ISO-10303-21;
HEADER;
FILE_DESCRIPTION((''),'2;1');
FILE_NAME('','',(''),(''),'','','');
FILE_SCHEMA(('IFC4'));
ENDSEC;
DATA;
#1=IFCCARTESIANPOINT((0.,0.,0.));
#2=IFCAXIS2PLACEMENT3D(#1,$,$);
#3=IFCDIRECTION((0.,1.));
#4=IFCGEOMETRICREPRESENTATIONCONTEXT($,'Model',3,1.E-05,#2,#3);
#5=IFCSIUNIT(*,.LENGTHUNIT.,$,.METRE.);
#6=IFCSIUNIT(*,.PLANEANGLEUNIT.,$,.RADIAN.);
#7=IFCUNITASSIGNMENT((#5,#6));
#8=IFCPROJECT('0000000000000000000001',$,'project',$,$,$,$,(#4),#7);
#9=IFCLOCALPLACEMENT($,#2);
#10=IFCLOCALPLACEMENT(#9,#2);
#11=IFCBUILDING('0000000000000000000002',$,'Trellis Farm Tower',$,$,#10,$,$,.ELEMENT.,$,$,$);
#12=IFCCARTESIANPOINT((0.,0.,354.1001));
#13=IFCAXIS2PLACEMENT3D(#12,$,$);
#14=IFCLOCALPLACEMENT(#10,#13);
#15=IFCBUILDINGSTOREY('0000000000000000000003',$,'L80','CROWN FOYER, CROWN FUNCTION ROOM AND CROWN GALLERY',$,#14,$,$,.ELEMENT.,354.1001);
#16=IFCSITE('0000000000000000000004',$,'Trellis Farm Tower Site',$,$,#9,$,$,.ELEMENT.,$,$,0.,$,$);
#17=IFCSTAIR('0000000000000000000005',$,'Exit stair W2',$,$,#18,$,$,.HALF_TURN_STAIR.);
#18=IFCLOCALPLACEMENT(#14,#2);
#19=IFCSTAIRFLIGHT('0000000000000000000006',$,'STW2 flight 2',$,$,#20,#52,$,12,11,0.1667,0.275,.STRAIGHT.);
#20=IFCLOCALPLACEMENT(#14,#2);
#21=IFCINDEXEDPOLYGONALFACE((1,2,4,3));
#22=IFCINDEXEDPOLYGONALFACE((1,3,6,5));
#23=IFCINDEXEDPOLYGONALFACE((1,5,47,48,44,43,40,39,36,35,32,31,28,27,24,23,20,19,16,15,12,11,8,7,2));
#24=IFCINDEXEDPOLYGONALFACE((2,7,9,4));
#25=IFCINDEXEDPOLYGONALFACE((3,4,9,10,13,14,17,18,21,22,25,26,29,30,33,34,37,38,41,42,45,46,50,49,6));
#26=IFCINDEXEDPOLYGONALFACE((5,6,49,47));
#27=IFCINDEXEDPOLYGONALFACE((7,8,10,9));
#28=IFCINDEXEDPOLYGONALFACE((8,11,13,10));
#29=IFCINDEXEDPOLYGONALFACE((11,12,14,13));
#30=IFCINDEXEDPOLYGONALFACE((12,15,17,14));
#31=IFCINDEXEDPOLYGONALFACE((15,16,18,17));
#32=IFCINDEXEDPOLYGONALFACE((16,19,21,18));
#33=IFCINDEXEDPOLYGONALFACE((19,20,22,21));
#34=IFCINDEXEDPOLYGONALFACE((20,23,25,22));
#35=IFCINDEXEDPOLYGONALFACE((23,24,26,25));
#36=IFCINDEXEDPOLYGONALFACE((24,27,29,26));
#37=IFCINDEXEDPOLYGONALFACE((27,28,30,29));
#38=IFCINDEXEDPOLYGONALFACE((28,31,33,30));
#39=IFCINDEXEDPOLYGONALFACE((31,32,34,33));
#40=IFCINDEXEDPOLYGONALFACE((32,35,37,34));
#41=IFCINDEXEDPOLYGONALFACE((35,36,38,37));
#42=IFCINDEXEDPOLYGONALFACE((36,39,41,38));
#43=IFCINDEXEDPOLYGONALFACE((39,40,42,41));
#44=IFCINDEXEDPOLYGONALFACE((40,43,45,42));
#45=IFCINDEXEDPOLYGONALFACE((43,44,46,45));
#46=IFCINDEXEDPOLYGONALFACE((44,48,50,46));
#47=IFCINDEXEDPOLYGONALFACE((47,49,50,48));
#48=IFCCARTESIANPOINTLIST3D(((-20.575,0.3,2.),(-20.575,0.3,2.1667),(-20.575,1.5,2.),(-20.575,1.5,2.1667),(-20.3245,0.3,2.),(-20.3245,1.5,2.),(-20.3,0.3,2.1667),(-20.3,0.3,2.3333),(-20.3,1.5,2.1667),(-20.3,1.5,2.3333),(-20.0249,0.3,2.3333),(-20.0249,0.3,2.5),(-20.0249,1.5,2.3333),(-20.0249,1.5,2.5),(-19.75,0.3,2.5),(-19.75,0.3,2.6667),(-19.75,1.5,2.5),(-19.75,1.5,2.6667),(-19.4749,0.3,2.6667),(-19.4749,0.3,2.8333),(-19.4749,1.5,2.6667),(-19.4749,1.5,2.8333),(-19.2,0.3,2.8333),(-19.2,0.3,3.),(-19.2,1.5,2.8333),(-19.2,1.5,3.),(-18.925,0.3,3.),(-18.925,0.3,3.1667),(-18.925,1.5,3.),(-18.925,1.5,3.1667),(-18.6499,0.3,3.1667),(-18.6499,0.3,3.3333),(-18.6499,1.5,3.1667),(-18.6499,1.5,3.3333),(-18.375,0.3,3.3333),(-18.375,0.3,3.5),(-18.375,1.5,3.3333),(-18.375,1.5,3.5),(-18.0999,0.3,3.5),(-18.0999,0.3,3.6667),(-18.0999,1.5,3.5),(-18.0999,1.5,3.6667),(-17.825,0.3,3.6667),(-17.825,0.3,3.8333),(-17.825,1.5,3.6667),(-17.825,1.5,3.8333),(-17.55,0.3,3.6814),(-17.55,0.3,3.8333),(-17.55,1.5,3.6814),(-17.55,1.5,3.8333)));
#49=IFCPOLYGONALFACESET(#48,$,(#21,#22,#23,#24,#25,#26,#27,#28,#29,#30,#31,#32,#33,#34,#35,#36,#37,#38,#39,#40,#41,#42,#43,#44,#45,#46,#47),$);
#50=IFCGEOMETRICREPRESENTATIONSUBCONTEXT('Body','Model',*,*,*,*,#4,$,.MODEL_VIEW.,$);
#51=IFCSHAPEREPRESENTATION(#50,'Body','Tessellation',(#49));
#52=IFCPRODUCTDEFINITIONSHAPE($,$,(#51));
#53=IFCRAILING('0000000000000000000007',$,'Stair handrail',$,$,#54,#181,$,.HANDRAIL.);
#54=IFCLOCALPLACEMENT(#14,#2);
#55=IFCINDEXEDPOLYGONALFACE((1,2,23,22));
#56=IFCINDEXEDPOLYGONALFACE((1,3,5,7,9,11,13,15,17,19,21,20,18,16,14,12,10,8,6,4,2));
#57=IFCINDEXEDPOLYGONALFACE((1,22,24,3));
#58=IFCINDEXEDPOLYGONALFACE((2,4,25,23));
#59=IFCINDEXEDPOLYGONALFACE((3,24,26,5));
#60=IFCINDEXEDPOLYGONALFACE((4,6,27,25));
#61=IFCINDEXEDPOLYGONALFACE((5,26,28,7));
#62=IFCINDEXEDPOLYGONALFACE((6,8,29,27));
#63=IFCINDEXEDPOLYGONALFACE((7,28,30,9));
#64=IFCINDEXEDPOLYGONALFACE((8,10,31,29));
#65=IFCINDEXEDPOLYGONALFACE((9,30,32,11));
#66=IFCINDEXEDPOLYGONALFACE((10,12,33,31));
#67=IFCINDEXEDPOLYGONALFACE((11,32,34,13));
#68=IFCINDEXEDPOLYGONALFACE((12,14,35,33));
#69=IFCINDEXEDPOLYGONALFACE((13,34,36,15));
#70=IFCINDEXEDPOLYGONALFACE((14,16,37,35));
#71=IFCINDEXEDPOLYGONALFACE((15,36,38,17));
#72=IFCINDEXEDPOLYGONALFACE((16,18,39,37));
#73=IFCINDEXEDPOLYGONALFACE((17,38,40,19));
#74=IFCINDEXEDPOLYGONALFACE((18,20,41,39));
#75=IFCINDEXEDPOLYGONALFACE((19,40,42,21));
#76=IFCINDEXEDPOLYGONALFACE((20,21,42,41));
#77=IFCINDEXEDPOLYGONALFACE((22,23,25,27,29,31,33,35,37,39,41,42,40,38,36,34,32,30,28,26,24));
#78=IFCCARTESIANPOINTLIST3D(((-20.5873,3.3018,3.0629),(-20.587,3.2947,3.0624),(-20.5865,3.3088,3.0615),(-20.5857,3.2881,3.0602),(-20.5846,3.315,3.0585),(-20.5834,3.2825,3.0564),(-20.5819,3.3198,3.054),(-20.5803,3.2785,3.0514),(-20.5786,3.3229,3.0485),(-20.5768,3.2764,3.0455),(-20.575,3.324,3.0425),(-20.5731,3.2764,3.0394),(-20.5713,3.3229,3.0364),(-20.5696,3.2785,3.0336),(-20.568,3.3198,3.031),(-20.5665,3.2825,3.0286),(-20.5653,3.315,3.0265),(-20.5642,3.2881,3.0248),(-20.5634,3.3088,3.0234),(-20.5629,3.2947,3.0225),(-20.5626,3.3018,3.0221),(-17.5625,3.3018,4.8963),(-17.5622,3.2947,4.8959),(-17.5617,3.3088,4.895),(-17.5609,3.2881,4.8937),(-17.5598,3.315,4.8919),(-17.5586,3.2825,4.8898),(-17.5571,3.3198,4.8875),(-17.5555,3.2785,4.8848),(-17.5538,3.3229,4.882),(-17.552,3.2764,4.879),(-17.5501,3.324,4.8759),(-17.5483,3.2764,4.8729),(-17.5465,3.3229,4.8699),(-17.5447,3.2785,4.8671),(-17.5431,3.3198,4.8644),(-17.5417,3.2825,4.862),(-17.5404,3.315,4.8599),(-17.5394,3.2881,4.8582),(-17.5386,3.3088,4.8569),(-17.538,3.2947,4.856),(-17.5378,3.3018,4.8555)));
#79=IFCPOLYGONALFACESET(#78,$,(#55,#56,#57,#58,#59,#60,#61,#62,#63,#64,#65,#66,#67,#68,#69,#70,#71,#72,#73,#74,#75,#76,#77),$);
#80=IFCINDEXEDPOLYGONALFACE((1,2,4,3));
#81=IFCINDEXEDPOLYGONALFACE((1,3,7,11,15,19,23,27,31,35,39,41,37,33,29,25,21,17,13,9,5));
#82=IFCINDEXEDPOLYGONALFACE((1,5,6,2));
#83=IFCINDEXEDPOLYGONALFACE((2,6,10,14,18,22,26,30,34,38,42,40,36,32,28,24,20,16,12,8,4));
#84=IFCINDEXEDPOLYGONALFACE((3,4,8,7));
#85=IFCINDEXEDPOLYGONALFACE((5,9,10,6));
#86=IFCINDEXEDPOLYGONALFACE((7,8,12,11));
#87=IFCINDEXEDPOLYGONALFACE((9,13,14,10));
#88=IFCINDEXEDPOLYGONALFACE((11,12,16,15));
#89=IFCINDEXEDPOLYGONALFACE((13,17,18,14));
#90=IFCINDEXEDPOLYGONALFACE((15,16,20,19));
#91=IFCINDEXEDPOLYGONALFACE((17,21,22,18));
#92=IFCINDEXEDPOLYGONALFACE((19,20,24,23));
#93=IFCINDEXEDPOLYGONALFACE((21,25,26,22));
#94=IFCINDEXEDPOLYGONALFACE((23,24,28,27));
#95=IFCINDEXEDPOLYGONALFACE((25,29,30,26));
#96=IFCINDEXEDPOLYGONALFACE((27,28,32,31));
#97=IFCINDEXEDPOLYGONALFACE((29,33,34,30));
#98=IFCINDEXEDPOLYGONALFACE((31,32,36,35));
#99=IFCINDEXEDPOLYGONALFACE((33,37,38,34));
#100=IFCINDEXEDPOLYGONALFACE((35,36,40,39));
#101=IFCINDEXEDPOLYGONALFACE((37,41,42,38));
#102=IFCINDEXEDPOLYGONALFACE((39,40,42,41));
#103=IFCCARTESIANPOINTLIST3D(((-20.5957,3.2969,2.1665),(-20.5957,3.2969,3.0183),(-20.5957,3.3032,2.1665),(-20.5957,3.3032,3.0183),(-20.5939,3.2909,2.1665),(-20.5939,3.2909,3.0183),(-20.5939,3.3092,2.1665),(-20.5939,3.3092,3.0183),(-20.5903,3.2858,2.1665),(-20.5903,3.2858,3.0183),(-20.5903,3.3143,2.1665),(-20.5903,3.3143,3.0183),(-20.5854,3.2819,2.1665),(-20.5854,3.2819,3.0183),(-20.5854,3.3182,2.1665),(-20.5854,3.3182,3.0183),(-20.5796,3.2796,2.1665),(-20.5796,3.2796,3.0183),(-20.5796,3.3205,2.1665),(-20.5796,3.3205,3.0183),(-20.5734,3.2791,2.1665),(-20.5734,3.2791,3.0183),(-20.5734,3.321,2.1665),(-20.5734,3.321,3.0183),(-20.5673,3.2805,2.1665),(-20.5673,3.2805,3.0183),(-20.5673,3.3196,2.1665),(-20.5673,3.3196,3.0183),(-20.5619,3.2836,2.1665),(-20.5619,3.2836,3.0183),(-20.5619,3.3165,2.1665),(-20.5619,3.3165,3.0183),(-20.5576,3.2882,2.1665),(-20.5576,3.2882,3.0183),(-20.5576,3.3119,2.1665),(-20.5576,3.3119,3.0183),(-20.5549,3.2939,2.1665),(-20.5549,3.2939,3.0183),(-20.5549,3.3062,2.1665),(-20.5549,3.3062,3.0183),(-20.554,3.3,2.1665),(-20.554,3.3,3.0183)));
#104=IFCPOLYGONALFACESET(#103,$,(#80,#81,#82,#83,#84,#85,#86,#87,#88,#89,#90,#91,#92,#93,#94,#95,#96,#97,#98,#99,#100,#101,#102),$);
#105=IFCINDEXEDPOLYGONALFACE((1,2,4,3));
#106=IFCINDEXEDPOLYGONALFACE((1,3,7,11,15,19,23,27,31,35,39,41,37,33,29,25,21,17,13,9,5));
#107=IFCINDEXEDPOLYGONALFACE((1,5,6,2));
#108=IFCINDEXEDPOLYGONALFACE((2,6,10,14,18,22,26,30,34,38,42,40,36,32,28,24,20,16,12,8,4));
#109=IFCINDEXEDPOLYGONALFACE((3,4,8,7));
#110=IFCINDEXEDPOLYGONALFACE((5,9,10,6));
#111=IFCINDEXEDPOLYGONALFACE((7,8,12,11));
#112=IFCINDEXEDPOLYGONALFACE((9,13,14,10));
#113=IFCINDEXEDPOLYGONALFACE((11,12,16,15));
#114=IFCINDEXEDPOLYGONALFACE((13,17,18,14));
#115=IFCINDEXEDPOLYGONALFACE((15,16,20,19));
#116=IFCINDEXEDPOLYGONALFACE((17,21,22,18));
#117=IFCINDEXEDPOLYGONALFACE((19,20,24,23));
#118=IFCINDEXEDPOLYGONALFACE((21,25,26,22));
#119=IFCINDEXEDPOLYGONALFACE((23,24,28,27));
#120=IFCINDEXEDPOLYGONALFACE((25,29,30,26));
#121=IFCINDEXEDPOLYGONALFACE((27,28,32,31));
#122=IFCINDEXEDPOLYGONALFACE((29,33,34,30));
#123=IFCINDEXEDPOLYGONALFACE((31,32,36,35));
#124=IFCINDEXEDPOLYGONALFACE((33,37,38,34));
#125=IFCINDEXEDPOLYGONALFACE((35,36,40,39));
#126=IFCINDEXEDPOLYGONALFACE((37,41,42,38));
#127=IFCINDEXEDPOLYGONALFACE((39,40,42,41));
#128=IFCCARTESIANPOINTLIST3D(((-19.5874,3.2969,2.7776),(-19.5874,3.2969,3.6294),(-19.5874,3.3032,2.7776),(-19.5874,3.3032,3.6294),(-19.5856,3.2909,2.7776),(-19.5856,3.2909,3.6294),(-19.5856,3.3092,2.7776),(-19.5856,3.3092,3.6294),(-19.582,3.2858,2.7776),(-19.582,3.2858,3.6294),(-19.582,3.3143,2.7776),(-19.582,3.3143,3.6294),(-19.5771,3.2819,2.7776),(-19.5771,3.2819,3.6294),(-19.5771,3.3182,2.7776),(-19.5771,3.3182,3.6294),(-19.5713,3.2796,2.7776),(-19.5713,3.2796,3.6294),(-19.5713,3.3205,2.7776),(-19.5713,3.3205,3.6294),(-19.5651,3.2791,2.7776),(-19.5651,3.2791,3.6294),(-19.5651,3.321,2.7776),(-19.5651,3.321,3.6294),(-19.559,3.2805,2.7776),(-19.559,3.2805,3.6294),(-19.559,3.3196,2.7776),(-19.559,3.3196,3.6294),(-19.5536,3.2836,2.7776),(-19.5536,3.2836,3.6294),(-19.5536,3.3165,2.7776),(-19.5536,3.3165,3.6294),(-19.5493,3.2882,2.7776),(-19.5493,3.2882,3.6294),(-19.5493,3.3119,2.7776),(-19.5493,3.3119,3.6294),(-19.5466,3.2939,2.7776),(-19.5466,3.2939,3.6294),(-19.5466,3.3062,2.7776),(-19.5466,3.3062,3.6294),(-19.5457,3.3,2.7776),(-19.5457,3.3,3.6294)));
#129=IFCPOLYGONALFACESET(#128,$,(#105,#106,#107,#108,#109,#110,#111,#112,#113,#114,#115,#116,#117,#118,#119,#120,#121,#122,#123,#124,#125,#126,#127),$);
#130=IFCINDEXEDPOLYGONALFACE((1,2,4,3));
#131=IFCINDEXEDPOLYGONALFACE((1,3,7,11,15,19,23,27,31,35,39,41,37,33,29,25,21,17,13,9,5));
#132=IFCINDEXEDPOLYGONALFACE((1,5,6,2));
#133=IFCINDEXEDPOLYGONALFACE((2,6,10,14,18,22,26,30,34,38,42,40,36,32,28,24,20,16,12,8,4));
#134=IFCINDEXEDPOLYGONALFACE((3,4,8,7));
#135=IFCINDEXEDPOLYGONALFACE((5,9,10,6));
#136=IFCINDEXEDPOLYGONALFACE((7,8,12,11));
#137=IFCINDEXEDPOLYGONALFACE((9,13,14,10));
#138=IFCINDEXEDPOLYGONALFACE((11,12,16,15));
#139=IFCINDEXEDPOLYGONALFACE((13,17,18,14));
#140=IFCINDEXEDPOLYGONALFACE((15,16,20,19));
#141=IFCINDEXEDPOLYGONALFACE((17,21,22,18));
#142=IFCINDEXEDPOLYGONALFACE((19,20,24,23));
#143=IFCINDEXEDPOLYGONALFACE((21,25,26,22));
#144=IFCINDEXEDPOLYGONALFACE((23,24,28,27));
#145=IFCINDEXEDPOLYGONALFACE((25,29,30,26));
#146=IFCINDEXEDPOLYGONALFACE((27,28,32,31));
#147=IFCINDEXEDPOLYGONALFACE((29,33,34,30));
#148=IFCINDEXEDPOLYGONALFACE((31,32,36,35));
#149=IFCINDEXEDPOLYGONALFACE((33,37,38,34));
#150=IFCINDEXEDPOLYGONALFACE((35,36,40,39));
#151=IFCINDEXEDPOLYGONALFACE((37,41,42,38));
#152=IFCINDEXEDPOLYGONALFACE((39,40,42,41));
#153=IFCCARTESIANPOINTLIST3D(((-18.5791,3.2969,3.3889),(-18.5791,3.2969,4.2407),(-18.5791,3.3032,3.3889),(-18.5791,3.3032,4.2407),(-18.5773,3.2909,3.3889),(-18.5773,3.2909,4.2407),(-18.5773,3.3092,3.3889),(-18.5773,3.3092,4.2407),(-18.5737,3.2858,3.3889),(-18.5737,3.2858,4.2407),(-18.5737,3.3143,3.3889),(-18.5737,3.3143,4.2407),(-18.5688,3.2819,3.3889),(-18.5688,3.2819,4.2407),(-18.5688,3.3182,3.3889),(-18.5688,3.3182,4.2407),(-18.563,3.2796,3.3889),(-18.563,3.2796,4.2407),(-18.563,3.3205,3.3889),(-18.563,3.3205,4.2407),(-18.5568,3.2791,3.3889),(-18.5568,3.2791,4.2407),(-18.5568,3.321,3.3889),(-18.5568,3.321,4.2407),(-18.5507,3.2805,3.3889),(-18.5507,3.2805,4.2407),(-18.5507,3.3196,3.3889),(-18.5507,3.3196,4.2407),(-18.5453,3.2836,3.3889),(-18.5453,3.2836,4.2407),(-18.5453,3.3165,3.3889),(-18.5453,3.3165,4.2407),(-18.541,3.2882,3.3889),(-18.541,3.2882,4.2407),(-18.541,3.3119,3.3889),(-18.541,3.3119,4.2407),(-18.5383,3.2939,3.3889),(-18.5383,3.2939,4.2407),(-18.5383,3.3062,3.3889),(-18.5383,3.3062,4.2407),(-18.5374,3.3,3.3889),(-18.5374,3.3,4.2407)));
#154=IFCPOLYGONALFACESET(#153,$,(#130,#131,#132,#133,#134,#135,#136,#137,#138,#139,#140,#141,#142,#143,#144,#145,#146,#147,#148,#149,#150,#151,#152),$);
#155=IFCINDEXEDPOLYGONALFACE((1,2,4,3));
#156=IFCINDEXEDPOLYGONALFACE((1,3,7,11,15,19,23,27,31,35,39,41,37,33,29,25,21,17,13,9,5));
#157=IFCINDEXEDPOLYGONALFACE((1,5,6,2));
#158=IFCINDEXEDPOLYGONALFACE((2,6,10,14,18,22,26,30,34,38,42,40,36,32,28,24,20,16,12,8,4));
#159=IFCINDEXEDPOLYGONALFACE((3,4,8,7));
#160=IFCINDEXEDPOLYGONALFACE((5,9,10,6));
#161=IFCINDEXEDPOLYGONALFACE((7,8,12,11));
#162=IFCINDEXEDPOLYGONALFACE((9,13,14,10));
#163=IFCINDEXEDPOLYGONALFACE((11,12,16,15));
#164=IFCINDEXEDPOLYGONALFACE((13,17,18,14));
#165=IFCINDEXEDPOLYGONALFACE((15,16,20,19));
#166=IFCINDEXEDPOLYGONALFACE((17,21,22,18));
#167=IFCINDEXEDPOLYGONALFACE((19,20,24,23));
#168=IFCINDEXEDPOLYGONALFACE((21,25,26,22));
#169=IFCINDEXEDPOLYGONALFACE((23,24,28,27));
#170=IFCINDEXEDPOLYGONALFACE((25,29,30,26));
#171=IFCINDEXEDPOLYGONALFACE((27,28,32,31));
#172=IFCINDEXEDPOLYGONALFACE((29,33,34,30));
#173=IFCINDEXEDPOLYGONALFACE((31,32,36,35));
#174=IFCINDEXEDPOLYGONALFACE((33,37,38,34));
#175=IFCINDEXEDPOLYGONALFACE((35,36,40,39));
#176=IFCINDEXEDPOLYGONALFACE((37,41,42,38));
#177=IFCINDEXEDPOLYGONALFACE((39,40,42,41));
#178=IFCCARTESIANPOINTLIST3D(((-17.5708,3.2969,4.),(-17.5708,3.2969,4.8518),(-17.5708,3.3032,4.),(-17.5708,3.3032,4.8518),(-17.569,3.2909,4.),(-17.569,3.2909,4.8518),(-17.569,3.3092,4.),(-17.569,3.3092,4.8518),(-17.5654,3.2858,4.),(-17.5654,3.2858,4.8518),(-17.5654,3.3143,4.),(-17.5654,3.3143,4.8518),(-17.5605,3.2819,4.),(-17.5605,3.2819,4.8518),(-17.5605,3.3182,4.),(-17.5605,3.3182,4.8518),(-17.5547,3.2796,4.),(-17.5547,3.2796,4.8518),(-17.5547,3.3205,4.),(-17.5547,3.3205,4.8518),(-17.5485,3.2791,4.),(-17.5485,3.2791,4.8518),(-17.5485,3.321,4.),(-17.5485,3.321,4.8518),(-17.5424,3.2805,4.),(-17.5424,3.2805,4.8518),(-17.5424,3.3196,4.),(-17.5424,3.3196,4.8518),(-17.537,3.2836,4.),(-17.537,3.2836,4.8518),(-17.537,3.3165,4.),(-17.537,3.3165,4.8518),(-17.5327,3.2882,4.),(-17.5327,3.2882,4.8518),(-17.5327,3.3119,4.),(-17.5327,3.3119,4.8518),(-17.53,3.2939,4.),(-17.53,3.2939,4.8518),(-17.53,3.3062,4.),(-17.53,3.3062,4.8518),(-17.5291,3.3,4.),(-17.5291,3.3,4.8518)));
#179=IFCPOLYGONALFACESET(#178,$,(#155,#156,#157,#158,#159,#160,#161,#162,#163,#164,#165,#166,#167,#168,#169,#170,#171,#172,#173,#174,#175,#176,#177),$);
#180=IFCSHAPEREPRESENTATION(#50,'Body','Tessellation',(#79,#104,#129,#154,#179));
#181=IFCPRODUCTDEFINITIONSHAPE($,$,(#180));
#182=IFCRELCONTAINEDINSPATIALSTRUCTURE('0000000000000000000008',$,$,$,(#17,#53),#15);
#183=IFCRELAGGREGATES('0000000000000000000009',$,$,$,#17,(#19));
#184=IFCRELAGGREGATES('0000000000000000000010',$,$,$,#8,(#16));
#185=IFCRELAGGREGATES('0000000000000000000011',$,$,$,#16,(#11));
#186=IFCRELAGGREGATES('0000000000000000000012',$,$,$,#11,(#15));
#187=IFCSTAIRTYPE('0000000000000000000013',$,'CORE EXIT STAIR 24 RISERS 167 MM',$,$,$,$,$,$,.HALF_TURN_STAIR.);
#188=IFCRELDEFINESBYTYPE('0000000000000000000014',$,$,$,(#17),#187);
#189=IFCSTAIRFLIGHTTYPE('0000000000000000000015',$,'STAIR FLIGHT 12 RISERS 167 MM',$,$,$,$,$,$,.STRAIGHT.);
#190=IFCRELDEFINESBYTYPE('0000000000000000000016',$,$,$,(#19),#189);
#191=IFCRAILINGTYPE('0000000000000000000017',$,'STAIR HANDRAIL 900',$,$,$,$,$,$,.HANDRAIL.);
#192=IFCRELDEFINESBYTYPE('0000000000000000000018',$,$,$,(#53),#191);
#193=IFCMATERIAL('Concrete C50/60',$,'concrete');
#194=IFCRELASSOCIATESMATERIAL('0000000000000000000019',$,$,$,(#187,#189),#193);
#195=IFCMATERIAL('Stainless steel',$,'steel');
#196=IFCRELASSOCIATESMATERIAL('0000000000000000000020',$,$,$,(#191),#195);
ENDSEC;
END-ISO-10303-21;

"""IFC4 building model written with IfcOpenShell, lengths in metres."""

from ifc_helpers import new_model, si_unit, direction, frame, origin, origin_2d, place, context, subcontext, project, spatial, polyline, circle, outline, extrude, source, transform, mapped, material, type_object, element, aggregate, save


model = new_model("IFC4")

# Units and contexts
model_context = context("Model", 3, precision=1e-05, world=origin(), true_north=direction((0.0, 1.0)))
body_context = subcontext(model_context, "Body", "Model", "MODEL_VIEW")
ifc_project = project(units=[si_unit("LENGTHUNIT", "METRE"), si_unit("PLANEANGLEUNIT", "RADIAN")], contexts=[model_context])

# Site, building, storey
site_placement = place(None, origin())
site = spatial("IfcSite", under=ifc_project, at=site_placement, Name="Trellis Farm Tower Site", CompositionType="ELEMENT", RefElevation=0.0)
building_placement = place(site_placement, origin())
building = spatial("IfcBuilding", under=site, at=building_placement, Name="Trellis Farm Tower", CompositionType="ELEMENT")
storey_placement = place(building_placement, frame((0.0, 0.0, 354.1001)))
storey = spatial("IfcBuildingStorey", under=building, at=storey_placement, Name="L80", Description="CROWN FOYER, CROWN FUNCTION ROOM AND CROWN GALLERY", CompositionType="ELEMENT", Elevation=354.1001)

# Shared definitions
placement = place(storey_placement, origin())

# Shared definitions
ifc_material_1 = material(Name="Concrete C50/60", Category="concrete")

# Stair, stair flight
stair_type = type_object("IfcStairType", Name="CORE EXIT STAIR 24 RISERS 167 MM", PredefinedType="HALF_TURN_STAIR", material=ifc_material_1)
stair_flight_type = type_object("IfcStairFlightType", Name="STAIR FLIGHT 12 RISERS 167 MM", PredefinedType="STRAIGHT", material=ifc_material_1)
shared_shape_1 = source(origin(), body_context, "Body", "SweptSolid", [
    extrude(outline(polyline([(0.0, 0.0), (0.0, 0.1667), (0.2749, 0.1667), (0.2749, 0.3333), (0.55, 0.3333), (0.55, 0.5), (0.825, 0.5), (0.825, 0.6667), (1.1001, 0.6667), (1.1001, 0.8333), (1.375, 0.8333), (1.375, 1.0), (1.6499, 1.0), (1.6499, 1.1667), (1.925, 1.1667), (1.925, 1.3333), (2.2, 1.3333), (2.2, 1.5), (2.4751, 1.5), (2.4751, 1.6667), (2.75, 1.6667), (2.75, 1.8333), (3.0249, 1.8333), (3.0249, 2.0), (3.0249, 1.6814), (0.2505, 0.0), (0.0, 0.0)])), frame((0.0, 0.6001, 0.0), z_axis=(0.0, -1.0, 0.0), x_axis=(1.0, 0.0, 0.0)), (0.0, 0.0, 1.0), 1.2),
])
stair_1 = element("IfcStair", 1, at=placement, inside=storey, type_object=stair_type, Name="Exit stair W2", PredefinedType="HALF_TURN_STAIR")
stair_flight_1_placement = place(storey_placement, frame((-20.575, 0.8999, 2.0), z_axis=(0.0, 0.0, 1.0), x_axis=(1.0, 0.0, 0.0)))
stair_flight_1 = element("IfcStairFlight", 2, at=stair_flight_1_placement, type_object=stair_flight_type, Name="STW2 flight 2", NumberOfRisers=12, NumberOfTreads=11, PredefinedType="STRAIGHT", RiserHeight=0.1667, TreadLength=0.275, context=body_context, shape_type="MappedRepresentation", body=[
    mapped(shared_shape_1, transform((0.0, 0.0, 0.0))),
])
aggregate(stair_1, [stair_flight_1])

# Railing
ifc_material_2 = material(Name="Stainless steel", Category="steel")
railing_type_1 = type_object("IfcRailingType", Name="STAIR HANDRAIL 900", PredefinedType="HANDRAIL", material=ifc_material_2)
shared_shape_2 = source(origin(), body_context, "Body", "SweptSolid", [
    extrude(circle(Radius=0.0239, at=origin_2d()), frame((0.0, 0.0, 0.876), z_axis=(0.85517, 0.0, 0.518348), x_axis=(0.0, 1.0, 0.0)), (0.0, 0.0, 1.0), 3.5371),
    extrude(circle(Radius=0.021, at=origin_2d()), origin(), (0.0, 0.0, 1.0), 0.8518),
    extrude(circle(Radius=0.021, at=origin_2d()), frame((1.0083, 0.0, 0.6111)), (0.0, 0.0, 1.0), 0.8518),
    extrude(circle(Radius=0.021, at=origin_2d()), frame((2.0166, 0.0, 1.2224)), (0.0, 0.0, 1.0), 0.8518),
    extrude(circle(Radius=0.021, at=origin_2d()), frame((3.0249, 0.0, 1.8335)), (0.0, 0.0, 1.0), 0.8518),
])
for number, where, name in (
    (3, (-20.575, 3.3, 2.1665), "Stair handrail"),
):
    element("IfcRailing", number, at=place(storey_placement, frame(where)), inside=storey, type_object=railing_type_1, Name=name, PredefinedType="HANDRAIL", context=body_context, shape_type="MappedRepresentation", body=[
        mapped(shared_shape_2, transform((0.0, 0.0, 0.0))),
    ])

save(model, "model.ifc")
